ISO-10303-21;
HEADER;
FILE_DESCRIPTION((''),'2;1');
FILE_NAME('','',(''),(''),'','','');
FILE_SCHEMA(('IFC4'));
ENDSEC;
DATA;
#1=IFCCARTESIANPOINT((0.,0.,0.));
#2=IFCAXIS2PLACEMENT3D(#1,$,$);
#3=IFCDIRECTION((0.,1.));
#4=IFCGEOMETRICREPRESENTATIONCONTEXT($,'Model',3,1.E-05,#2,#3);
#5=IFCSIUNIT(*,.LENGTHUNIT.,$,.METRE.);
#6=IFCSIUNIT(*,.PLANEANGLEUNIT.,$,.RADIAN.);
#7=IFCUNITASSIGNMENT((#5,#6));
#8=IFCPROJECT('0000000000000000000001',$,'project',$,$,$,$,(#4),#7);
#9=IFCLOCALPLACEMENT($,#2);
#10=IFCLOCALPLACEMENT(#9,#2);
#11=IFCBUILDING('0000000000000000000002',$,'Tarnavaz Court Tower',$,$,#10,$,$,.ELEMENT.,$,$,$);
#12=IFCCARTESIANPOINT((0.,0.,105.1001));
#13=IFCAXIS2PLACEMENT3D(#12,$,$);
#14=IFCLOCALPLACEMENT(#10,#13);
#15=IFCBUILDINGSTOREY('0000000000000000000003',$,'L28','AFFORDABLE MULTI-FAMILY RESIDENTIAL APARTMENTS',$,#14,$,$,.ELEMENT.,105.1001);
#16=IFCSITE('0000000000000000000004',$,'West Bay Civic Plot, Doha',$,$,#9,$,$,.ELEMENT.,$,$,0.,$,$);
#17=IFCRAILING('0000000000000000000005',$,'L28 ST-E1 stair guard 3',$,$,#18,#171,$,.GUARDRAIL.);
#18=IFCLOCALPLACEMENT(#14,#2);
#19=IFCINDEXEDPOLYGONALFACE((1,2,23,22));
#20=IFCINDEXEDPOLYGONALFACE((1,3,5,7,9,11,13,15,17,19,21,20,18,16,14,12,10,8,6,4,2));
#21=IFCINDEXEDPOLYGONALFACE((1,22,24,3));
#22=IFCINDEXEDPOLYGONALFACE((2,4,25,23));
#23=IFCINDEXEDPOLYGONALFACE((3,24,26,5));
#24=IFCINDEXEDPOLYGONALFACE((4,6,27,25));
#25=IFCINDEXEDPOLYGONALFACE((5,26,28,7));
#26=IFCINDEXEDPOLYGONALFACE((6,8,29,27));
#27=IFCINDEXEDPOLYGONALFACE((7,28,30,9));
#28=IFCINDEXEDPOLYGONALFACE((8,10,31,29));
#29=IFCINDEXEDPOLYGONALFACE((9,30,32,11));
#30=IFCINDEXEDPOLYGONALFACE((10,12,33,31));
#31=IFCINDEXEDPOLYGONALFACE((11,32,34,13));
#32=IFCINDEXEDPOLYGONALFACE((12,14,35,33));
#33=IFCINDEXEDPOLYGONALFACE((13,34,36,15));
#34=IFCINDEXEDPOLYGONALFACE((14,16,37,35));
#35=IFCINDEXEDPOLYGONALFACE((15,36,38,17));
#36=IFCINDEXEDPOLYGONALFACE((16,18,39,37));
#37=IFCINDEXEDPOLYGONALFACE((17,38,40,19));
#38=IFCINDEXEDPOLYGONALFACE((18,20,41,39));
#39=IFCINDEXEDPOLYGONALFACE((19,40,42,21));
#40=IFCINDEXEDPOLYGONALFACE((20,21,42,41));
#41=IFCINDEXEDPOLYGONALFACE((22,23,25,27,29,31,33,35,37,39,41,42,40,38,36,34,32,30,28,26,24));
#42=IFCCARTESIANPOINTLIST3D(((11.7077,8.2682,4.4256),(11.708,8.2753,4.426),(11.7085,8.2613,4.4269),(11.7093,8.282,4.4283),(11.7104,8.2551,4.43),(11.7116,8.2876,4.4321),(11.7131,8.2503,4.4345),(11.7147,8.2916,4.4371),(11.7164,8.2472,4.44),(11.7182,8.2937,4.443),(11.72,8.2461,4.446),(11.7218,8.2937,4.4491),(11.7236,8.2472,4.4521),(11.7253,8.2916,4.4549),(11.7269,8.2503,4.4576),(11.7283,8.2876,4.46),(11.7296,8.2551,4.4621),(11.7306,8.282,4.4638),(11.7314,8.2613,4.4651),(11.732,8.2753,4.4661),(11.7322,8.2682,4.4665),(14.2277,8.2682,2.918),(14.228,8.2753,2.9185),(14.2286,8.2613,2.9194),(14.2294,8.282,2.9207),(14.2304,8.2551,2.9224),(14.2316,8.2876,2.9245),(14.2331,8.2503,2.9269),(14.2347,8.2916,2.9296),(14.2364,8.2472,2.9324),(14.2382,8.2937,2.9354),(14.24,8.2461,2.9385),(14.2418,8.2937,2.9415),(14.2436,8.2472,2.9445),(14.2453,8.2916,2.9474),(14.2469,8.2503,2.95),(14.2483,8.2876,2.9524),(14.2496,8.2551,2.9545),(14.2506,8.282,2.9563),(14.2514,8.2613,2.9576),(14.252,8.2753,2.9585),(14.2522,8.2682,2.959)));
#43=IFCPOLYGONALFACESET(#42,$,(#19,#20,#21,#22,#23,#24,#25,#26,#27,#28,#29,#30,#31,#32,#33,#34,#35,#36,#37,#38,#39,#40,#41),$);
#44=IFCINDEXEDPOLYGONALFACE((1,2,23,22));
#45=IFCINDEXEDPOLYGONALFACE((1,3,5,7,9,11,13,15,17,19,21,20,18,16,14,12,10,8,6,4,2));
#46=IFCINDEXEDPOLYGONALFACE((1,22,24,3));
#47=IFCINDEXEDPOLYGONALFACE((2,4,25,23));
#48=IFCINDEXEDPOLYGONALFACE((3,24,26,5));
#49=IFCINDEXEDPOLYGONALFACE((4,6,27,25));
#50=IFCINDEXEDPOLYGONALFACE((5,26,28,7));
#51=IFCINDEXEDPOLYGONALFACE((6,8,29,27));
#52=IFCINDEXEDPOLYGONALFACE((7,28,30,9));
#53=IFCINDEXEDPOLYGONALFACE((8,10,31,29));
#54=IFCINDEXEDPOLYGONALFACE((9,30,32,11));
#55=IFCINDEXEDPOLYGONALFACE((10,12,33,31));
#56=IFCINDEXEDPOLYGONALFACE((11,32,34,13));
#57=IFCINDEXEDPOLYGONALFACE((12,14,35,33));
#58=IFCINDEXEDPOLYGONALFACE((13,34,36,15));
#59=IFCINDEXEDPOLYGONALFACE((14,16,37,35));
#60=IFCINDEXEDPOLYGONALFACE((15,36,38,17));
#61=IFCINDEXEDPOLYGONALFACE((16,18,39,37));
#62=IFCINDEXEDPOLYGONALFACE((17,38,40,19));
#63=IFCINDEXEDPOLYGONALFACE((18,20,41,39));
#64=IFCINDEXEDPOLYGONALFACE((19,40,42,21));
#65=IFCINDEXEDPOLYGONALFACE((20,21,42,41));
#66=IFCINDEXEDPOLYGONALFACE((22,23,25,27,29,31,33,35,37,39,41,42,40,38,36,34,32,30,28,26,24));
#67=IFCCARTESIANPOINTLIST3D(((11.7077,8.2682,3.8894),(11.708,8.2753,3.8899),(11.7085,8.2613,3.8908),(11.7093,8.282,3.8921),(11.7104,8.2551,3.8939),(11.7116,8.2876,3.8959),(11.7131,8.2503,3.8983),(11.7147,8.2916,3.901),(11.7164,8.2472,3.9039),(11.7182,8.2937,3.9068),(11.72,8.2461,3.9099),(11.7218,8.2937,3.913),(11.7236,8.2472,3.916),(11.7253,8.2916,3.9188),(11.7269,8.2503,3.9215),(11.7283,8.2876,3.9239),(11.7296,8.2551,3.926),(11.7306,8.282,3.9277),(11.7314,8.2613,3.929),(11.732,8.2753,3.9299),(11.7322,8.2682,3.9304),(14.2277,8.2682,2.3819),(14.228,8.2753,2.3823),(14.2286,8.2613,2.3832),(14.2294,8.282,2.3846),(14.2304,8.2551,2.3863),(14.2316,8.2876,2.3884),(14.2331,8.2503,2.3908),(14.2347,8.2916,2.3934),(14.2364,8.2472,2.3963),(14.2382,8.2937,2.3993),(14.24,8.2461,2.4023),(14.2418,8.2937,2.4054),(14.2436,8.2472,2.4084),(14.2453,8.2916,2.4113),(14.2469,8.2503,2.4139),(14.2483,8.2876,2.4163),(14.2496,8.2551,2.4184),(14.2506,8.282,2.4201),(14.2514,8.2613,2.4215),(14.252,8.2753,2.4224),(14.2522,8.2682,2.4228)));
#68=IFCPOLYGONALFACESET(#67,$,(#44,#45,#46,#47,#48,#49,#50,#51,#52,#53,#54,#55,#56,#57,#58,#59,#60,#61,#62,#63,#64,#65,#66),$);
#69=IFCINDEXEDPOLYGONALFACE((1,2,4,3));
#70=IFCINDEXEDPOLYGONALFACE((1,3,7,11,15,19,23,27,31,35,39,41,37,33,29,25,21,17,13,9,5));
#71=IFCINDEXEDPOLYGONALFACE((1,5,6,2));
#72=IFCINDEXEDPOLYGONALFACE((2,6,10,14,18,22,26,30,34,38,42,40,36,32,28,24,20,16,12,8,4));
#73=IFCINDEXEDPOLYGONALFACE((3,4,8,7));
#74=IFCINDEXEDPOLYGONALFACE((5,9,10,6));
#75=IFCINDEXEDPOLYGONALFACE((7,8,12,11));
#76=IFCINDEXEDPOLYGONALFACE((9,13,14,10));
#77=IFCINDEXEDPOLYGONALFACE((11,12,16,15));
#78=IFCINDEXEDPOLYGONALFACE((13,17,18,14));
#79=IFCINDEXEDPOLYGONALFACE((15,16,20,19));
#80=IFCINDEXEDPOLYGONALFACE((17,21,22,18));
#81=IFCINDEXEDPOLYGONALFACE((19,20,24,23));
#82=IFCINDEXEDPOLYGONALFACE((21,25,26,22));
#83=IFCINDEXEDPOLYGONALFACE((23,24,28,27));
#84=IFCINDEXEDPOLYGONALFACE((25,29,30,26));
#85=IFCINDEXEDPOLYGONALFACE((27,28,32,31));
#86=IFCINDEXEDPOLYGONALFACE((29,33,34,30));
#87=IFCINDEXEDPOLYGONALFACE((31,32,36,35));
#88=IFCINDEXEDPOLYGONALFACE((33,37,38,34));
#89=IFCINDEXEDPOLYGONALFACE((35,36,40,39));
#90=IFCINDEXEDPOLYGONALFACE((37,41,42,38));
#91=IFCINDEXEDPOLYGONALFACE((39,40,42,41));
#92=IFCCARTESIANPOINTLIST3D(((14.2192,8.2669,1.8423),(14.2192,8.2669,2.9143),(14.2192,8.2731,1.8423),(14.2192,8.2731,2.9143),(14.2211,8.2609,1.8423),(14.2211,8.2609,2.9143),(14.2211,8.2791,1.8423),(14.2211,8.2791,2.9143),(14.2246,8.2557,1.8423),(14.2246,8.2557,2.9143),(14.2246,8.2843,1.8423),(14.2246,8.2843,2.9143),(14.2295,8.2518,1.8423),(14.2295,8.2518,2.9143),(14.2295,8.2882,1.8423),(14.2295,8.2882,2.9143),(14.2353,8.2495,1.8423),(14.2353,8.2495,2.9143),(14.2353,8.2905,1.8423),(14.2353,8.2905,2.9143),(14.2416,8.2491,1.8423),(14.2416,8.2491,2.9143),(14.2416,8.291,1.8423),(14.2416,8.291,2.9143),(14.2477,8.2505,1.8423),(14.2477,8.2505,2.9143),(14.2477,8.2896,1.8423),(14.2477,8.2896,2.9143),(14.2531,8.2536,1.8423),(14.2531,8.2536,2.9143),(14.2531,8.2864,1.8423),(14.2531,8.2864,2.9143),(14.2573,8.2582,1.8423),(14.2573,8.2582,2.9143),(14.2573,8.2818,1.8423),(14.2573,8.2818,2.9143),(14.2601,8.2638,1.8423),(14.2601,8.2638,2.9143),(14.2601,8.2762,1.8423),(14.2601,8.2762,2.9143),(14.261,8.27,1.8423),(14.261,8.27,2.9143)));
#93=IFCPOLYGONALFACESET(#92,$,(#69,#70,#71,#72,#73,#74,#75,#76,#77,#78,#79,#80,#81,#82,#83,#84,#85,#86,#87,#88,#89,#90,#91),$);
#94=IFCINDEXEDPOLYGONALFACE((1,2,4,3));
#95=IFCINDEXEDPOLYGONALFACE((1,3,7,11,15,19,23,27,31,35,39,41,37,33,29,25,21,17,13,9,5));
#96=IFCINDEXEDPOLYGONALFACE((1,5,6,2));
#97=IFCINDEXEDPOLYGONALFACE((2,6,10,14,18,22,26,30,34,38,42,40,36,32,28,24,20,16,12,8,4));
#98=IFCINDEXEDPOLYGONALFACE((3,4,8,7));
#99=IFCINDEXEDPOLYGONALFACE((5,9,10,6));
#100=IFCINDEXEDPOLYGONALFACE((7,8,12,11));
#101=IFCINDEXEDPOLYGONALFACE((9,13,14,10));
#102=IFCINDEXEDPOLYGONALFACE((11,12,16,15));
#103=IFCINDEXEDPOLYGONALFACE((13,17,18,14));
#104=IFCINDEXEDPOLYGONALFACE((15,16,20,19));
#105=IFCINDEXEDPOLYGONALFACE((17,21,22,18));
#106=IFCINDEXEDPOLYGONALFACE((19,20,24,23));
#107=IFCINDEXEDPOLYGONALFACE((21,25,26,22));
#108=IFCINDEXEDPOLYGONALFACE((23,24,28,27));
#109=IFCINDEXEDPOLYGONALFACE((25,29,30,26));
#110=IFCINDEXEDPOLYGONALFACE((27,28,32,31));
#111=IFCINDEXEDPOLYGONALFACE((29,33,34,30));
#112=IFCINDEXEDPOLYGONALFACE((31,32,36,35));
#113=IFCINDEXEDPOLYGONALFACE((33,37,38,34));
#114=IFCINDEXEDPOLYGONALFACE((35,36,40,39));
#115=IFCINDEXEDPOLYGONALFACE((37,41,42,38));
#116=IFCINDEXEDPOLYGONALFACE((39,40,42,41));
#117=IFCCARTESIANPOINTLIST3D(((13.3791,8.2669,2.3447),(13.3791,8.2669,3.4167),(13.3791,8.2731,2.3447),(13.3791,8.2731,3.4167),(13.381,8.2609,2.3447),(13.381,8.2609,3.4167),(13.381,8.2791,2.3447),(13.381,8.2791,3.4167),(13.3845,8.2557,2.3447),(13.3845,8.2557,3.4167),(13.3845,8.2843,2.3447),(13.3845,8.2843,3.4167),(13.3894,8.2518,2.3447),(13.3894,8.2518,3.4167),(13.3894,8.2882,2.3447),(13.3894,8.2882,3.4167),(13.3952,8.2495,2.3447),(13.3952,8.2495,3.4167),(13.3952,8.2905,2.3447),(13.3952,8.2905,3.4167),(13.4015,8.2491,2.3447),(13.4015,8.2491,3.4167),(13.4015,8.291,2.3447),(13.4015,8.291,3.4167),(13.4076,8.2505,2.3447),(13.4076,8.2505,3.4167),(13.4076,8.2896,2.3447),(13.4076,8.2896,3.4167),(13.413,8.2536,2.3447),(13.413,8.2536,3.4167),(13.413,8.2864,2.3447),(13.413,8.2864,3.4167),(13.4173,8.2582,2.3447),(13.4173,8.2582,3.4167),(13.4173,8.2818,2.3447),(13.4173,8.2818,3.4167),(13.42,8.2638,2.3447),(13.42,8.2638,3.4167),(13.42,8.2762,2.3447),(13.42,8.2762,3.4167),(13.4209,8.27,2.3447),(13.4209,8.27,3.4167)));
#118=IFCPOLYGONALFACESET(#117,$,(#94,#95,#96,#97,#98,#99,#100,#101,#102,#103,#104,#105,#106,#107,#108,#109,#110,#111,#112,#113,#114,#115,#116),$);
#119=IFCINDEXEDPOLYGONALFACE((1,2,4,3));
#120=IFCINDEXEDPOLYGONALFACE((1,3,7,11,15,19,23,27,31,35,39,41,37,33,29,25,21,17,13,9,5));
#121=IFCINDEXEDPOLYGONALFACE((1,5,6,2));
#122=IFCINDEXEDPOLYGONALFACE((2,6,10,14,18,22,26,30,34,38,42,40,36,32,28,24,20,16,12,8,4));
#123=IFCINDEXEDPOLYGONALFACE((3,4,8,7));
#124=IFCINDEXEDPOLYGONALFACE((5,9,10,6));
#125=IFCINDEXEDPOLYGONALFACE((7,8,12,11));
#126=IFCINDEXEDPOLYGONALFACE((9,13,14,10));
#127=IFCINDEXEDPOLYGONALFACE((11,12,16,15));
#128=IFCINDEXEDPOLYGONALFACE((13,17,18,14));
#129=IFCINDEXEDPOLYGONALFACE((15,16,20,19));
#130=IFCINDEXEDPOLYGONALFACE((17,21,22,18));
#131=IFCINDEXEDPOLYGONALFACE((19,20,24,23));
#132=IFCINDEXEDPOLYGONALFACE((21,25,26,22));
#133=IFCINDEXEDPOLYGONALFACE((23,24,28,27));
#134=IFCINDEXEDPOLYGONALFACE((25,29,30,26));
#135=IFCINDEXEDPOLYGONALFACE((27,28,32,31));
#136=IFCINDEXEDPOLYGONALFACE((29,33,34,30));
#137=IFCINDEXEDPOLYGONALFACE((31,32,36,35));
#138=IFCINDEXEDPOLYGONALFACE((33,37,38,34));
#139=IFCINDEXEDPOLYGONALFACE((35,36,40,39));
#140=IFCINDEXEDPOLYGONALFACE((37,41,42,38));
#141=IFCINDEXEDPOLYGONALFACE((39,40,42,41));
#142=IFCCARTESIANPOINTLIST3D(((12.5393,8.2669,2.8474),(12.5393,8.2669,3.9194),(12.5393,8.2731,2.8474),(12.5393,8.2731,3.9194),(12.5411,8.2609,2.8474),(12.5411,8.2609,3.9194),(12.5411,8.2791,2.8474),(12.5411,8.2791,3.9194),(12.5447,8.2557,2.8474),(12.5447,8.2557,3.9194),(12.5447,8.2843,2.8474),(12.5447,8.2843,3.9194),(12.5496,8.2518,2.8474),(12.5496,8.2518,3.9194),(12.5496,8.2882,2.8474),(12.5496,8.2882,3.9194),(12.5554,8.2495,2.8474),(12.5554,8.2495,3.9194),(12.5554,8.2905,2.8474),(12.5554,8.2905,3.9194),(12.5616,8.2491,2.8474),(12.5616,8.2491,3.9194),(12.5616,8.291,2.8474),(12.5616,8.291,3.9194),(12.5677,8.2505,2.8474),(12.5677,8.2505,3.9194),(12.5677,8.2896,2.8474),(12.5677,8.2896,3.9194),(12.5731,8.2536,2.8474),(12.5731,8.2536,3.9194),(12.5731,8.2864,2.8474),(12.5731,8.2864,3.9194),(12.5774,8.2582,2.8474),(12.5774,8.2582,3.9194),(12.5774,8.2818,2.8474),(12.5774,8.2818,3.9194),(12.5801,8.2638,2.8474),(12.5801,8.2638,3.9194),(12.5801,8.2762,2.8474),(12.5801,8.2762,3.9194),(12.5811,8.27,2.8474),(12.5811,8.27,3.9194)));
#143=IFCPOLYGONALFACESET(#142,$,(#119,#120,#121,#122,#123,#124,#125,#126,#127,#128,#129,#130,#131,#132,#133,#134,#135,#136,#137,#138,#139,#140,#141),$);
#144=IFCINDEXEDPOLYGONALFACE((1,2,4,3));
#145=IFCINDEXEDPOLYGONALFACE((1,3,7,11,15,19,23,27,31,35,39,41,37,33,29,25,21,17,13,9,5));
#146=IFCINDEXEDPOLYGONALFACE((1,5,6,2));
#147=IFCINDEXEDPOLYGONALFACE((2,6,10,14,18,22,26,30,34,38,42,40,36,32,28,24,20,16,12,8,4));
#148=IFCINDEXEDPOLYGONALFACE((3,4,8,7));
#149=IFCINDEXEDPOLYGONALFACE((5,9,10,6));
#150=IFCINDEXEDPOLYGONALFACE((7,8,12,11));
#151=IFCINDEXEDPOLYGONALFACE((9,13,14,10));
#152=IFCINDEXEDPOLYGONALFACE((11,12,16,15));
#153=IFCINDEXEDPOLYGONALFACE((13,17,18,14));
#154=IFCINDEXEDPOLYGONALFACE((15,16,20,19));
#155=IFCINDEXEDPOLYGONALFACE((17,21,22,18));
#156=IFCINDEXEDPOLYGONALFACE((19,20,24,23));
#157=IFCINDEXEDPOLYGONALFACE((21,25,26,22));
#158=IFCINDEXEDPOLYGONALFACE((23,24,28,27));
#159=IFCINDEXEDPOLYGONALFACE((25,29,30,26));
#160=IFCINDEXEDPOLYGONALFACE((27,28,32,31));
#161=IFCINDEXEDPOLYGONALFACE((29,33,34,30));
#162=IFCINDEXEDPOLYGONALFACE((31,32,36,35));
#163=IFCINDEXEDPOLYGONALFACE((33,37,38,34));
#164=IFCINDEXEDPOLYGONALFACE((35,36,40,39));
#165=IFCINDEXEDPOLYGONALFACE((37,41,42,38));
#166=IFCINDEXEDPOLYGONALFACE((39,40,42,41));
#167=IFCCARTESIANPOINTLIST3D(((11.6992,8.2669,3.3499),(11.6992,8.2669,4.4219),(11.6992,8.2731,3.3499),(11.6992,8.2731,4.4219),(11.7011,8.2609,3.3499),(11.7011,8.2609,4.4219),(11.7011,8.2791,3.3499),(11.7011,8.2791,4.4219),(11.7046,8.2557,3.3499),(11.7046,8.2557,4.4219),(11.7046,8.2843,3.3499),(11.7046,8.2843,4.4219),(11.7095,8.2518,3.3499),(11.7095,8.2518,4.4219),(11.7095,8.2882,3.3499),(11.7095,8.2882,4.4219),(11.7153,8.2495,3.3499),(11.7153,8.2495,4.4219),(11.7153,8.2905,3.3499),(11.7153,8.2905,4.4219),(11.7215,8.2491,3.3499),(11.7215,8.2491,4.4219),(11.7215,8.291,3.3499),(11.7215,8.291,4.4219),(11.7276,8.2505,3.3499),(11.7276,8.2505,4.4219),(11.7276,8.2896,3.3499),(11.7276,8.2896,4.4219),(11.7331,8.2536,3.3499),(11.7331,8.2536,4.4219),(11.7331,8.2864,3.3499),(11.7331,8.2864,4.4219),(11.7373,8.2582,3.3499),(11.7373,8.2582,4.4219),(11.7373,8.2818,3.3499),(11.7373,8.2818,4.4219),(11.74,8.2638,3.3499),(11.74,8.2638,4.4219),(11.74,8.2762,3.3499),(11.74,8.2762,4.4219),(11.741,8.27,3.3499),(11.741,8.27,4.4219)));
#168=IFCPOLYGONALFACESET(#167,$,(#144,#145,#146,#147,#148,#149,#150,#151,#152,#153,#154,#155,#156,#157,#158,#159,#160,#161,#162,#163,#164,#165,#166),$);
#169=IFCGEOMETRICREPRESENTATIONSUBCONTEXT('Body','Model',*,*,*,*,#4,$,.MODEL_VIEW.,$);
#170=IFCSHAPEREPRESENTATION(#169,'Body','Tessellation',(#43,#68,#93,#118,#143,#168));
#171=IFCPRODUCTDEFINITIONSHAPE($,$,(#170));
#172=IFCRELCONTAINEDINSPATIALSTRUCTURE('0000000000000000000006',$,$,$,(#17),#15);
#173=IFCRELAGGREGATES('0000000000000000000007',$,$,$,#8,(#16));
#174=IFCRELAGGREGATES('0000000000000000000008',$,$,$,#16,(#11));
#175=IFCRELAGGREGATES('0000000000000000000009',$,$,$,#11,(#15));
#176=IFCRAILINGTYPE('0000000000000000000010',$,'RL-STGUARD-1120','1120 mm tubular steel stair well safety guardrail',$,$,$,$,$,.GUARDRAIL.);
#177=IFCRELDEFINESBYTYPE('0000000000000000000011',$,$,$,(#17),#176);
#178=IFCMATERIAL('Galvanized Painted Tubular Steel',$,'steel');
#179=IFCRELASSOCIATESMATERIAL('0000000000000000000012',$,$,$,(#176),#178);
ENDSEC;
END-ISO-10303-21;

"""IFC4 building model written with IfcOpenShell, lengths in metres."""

from ifc_helpers import new_model, si_unit, direction, frame, origin, origin_2d, place, context, subcontext, project, spatial, circle, extrude, material, type_object, element, save


model = new_model("IFC4")

# Units and contexts
model_context = context("Model", 3, precision=1e-05, world=origin(), true_north=direction((0.0, 1.0)))
body_context = subcontext(model_context, "Body", "Model", "MODEL_VIEW")
ifc_project = project(units=[si_unit("LENGTHUNIT", "METRE"), si_unit("PLANEANGLEUNIT", "RADIAN")], contexts=[model_context])

# Site, building, storey
site_placement = place(None, origin())
site = spatial("IfcSite", under=ifc_project, at=site_placement, Name="West Bay Civic Plot, Doha", CompositionType="ELEMENT", RefElevation=0.0)
building_placement = place(site_placement, origin())
building = spatial("IfcBuilding", under=site, at=building_placement, Name="Tarnavaz Court Tower", CompositionType="ELEMENT")
storey_placement = place(building_placement, frame((0.0, 0.0, 105.1001)))
storey = spatial("IfcBuildingStorey", under=building, at=storey_placement, Name="L28", Description="AFFORDABLE MULTI-FAMILY RESIDENTIAL APARTMENTS", CompositionType="ELEMENT", Elevation=105.1001)

# Railing
ifc_material_1 = material(Name="Galvanized Painted Tubular Steel", Category="steel")
railing_type_1 = type_object("IfcRailingType", Name="RL-STGUARD-1120", Description="1120 mm tubular steel stair well safety guardrail", PredefinedType="GUARDRAIL", material=ifc_material_1)
railing_1_placement = place(storey_placement, frame((14.24, 8.27, 1.8423)))
element("IfcRailing", 1, at=railing_1_placement, inside=storey, type_object=railing_type_1, Name="L28 ST-E1 stair guard 3", PredefinedType="GUARDRAIL", context=body_context, shape_type="SweptSolid", body=[
    extrude(circle(Radius=0.0239, at=origin_2d()), frame((0.0, 0.0, 1.0962), z_axis=(-0.85816, 0.0, 0.513383), x_axis=(0.0, -1.0, 0.0)), (0.0, 0.0, 1.0), 2.9365),
    extrude(circle(Radius=0.0239, at=origin_2d()), frame((0.0, 0.0, 0.5601), z_axis=(-0.85816, 0.0, 0.513383), x_axis=(0.0, -1.0, 0.0)), (0.0, 0.0, 1.0), 2.9365),
    extrude(circle(Radius=0.021, at=origin_2d()), origin(), (0.0, 0.0, 1.0), 1.072),
    extrude(circle(Radius=0.021, at=origin_2d()), frame((-0.8401, 0.0, 0.5024)), (0.0, 0.0, 1.0), 1.072),
    extrude(circle(Radius=0.021, at=origin_2d()), frame((-1.6799, 0.0, 1.0051)), (0.0, 0.0, 1.0), 1.072),
    extrude(circle(Radius=0.021, at=origin_2d()), frame((-2.52, 0.0, 1.5076)), (0.0, 0.0, 1.0), 1.072),
])

save(model, "model.ifc")
